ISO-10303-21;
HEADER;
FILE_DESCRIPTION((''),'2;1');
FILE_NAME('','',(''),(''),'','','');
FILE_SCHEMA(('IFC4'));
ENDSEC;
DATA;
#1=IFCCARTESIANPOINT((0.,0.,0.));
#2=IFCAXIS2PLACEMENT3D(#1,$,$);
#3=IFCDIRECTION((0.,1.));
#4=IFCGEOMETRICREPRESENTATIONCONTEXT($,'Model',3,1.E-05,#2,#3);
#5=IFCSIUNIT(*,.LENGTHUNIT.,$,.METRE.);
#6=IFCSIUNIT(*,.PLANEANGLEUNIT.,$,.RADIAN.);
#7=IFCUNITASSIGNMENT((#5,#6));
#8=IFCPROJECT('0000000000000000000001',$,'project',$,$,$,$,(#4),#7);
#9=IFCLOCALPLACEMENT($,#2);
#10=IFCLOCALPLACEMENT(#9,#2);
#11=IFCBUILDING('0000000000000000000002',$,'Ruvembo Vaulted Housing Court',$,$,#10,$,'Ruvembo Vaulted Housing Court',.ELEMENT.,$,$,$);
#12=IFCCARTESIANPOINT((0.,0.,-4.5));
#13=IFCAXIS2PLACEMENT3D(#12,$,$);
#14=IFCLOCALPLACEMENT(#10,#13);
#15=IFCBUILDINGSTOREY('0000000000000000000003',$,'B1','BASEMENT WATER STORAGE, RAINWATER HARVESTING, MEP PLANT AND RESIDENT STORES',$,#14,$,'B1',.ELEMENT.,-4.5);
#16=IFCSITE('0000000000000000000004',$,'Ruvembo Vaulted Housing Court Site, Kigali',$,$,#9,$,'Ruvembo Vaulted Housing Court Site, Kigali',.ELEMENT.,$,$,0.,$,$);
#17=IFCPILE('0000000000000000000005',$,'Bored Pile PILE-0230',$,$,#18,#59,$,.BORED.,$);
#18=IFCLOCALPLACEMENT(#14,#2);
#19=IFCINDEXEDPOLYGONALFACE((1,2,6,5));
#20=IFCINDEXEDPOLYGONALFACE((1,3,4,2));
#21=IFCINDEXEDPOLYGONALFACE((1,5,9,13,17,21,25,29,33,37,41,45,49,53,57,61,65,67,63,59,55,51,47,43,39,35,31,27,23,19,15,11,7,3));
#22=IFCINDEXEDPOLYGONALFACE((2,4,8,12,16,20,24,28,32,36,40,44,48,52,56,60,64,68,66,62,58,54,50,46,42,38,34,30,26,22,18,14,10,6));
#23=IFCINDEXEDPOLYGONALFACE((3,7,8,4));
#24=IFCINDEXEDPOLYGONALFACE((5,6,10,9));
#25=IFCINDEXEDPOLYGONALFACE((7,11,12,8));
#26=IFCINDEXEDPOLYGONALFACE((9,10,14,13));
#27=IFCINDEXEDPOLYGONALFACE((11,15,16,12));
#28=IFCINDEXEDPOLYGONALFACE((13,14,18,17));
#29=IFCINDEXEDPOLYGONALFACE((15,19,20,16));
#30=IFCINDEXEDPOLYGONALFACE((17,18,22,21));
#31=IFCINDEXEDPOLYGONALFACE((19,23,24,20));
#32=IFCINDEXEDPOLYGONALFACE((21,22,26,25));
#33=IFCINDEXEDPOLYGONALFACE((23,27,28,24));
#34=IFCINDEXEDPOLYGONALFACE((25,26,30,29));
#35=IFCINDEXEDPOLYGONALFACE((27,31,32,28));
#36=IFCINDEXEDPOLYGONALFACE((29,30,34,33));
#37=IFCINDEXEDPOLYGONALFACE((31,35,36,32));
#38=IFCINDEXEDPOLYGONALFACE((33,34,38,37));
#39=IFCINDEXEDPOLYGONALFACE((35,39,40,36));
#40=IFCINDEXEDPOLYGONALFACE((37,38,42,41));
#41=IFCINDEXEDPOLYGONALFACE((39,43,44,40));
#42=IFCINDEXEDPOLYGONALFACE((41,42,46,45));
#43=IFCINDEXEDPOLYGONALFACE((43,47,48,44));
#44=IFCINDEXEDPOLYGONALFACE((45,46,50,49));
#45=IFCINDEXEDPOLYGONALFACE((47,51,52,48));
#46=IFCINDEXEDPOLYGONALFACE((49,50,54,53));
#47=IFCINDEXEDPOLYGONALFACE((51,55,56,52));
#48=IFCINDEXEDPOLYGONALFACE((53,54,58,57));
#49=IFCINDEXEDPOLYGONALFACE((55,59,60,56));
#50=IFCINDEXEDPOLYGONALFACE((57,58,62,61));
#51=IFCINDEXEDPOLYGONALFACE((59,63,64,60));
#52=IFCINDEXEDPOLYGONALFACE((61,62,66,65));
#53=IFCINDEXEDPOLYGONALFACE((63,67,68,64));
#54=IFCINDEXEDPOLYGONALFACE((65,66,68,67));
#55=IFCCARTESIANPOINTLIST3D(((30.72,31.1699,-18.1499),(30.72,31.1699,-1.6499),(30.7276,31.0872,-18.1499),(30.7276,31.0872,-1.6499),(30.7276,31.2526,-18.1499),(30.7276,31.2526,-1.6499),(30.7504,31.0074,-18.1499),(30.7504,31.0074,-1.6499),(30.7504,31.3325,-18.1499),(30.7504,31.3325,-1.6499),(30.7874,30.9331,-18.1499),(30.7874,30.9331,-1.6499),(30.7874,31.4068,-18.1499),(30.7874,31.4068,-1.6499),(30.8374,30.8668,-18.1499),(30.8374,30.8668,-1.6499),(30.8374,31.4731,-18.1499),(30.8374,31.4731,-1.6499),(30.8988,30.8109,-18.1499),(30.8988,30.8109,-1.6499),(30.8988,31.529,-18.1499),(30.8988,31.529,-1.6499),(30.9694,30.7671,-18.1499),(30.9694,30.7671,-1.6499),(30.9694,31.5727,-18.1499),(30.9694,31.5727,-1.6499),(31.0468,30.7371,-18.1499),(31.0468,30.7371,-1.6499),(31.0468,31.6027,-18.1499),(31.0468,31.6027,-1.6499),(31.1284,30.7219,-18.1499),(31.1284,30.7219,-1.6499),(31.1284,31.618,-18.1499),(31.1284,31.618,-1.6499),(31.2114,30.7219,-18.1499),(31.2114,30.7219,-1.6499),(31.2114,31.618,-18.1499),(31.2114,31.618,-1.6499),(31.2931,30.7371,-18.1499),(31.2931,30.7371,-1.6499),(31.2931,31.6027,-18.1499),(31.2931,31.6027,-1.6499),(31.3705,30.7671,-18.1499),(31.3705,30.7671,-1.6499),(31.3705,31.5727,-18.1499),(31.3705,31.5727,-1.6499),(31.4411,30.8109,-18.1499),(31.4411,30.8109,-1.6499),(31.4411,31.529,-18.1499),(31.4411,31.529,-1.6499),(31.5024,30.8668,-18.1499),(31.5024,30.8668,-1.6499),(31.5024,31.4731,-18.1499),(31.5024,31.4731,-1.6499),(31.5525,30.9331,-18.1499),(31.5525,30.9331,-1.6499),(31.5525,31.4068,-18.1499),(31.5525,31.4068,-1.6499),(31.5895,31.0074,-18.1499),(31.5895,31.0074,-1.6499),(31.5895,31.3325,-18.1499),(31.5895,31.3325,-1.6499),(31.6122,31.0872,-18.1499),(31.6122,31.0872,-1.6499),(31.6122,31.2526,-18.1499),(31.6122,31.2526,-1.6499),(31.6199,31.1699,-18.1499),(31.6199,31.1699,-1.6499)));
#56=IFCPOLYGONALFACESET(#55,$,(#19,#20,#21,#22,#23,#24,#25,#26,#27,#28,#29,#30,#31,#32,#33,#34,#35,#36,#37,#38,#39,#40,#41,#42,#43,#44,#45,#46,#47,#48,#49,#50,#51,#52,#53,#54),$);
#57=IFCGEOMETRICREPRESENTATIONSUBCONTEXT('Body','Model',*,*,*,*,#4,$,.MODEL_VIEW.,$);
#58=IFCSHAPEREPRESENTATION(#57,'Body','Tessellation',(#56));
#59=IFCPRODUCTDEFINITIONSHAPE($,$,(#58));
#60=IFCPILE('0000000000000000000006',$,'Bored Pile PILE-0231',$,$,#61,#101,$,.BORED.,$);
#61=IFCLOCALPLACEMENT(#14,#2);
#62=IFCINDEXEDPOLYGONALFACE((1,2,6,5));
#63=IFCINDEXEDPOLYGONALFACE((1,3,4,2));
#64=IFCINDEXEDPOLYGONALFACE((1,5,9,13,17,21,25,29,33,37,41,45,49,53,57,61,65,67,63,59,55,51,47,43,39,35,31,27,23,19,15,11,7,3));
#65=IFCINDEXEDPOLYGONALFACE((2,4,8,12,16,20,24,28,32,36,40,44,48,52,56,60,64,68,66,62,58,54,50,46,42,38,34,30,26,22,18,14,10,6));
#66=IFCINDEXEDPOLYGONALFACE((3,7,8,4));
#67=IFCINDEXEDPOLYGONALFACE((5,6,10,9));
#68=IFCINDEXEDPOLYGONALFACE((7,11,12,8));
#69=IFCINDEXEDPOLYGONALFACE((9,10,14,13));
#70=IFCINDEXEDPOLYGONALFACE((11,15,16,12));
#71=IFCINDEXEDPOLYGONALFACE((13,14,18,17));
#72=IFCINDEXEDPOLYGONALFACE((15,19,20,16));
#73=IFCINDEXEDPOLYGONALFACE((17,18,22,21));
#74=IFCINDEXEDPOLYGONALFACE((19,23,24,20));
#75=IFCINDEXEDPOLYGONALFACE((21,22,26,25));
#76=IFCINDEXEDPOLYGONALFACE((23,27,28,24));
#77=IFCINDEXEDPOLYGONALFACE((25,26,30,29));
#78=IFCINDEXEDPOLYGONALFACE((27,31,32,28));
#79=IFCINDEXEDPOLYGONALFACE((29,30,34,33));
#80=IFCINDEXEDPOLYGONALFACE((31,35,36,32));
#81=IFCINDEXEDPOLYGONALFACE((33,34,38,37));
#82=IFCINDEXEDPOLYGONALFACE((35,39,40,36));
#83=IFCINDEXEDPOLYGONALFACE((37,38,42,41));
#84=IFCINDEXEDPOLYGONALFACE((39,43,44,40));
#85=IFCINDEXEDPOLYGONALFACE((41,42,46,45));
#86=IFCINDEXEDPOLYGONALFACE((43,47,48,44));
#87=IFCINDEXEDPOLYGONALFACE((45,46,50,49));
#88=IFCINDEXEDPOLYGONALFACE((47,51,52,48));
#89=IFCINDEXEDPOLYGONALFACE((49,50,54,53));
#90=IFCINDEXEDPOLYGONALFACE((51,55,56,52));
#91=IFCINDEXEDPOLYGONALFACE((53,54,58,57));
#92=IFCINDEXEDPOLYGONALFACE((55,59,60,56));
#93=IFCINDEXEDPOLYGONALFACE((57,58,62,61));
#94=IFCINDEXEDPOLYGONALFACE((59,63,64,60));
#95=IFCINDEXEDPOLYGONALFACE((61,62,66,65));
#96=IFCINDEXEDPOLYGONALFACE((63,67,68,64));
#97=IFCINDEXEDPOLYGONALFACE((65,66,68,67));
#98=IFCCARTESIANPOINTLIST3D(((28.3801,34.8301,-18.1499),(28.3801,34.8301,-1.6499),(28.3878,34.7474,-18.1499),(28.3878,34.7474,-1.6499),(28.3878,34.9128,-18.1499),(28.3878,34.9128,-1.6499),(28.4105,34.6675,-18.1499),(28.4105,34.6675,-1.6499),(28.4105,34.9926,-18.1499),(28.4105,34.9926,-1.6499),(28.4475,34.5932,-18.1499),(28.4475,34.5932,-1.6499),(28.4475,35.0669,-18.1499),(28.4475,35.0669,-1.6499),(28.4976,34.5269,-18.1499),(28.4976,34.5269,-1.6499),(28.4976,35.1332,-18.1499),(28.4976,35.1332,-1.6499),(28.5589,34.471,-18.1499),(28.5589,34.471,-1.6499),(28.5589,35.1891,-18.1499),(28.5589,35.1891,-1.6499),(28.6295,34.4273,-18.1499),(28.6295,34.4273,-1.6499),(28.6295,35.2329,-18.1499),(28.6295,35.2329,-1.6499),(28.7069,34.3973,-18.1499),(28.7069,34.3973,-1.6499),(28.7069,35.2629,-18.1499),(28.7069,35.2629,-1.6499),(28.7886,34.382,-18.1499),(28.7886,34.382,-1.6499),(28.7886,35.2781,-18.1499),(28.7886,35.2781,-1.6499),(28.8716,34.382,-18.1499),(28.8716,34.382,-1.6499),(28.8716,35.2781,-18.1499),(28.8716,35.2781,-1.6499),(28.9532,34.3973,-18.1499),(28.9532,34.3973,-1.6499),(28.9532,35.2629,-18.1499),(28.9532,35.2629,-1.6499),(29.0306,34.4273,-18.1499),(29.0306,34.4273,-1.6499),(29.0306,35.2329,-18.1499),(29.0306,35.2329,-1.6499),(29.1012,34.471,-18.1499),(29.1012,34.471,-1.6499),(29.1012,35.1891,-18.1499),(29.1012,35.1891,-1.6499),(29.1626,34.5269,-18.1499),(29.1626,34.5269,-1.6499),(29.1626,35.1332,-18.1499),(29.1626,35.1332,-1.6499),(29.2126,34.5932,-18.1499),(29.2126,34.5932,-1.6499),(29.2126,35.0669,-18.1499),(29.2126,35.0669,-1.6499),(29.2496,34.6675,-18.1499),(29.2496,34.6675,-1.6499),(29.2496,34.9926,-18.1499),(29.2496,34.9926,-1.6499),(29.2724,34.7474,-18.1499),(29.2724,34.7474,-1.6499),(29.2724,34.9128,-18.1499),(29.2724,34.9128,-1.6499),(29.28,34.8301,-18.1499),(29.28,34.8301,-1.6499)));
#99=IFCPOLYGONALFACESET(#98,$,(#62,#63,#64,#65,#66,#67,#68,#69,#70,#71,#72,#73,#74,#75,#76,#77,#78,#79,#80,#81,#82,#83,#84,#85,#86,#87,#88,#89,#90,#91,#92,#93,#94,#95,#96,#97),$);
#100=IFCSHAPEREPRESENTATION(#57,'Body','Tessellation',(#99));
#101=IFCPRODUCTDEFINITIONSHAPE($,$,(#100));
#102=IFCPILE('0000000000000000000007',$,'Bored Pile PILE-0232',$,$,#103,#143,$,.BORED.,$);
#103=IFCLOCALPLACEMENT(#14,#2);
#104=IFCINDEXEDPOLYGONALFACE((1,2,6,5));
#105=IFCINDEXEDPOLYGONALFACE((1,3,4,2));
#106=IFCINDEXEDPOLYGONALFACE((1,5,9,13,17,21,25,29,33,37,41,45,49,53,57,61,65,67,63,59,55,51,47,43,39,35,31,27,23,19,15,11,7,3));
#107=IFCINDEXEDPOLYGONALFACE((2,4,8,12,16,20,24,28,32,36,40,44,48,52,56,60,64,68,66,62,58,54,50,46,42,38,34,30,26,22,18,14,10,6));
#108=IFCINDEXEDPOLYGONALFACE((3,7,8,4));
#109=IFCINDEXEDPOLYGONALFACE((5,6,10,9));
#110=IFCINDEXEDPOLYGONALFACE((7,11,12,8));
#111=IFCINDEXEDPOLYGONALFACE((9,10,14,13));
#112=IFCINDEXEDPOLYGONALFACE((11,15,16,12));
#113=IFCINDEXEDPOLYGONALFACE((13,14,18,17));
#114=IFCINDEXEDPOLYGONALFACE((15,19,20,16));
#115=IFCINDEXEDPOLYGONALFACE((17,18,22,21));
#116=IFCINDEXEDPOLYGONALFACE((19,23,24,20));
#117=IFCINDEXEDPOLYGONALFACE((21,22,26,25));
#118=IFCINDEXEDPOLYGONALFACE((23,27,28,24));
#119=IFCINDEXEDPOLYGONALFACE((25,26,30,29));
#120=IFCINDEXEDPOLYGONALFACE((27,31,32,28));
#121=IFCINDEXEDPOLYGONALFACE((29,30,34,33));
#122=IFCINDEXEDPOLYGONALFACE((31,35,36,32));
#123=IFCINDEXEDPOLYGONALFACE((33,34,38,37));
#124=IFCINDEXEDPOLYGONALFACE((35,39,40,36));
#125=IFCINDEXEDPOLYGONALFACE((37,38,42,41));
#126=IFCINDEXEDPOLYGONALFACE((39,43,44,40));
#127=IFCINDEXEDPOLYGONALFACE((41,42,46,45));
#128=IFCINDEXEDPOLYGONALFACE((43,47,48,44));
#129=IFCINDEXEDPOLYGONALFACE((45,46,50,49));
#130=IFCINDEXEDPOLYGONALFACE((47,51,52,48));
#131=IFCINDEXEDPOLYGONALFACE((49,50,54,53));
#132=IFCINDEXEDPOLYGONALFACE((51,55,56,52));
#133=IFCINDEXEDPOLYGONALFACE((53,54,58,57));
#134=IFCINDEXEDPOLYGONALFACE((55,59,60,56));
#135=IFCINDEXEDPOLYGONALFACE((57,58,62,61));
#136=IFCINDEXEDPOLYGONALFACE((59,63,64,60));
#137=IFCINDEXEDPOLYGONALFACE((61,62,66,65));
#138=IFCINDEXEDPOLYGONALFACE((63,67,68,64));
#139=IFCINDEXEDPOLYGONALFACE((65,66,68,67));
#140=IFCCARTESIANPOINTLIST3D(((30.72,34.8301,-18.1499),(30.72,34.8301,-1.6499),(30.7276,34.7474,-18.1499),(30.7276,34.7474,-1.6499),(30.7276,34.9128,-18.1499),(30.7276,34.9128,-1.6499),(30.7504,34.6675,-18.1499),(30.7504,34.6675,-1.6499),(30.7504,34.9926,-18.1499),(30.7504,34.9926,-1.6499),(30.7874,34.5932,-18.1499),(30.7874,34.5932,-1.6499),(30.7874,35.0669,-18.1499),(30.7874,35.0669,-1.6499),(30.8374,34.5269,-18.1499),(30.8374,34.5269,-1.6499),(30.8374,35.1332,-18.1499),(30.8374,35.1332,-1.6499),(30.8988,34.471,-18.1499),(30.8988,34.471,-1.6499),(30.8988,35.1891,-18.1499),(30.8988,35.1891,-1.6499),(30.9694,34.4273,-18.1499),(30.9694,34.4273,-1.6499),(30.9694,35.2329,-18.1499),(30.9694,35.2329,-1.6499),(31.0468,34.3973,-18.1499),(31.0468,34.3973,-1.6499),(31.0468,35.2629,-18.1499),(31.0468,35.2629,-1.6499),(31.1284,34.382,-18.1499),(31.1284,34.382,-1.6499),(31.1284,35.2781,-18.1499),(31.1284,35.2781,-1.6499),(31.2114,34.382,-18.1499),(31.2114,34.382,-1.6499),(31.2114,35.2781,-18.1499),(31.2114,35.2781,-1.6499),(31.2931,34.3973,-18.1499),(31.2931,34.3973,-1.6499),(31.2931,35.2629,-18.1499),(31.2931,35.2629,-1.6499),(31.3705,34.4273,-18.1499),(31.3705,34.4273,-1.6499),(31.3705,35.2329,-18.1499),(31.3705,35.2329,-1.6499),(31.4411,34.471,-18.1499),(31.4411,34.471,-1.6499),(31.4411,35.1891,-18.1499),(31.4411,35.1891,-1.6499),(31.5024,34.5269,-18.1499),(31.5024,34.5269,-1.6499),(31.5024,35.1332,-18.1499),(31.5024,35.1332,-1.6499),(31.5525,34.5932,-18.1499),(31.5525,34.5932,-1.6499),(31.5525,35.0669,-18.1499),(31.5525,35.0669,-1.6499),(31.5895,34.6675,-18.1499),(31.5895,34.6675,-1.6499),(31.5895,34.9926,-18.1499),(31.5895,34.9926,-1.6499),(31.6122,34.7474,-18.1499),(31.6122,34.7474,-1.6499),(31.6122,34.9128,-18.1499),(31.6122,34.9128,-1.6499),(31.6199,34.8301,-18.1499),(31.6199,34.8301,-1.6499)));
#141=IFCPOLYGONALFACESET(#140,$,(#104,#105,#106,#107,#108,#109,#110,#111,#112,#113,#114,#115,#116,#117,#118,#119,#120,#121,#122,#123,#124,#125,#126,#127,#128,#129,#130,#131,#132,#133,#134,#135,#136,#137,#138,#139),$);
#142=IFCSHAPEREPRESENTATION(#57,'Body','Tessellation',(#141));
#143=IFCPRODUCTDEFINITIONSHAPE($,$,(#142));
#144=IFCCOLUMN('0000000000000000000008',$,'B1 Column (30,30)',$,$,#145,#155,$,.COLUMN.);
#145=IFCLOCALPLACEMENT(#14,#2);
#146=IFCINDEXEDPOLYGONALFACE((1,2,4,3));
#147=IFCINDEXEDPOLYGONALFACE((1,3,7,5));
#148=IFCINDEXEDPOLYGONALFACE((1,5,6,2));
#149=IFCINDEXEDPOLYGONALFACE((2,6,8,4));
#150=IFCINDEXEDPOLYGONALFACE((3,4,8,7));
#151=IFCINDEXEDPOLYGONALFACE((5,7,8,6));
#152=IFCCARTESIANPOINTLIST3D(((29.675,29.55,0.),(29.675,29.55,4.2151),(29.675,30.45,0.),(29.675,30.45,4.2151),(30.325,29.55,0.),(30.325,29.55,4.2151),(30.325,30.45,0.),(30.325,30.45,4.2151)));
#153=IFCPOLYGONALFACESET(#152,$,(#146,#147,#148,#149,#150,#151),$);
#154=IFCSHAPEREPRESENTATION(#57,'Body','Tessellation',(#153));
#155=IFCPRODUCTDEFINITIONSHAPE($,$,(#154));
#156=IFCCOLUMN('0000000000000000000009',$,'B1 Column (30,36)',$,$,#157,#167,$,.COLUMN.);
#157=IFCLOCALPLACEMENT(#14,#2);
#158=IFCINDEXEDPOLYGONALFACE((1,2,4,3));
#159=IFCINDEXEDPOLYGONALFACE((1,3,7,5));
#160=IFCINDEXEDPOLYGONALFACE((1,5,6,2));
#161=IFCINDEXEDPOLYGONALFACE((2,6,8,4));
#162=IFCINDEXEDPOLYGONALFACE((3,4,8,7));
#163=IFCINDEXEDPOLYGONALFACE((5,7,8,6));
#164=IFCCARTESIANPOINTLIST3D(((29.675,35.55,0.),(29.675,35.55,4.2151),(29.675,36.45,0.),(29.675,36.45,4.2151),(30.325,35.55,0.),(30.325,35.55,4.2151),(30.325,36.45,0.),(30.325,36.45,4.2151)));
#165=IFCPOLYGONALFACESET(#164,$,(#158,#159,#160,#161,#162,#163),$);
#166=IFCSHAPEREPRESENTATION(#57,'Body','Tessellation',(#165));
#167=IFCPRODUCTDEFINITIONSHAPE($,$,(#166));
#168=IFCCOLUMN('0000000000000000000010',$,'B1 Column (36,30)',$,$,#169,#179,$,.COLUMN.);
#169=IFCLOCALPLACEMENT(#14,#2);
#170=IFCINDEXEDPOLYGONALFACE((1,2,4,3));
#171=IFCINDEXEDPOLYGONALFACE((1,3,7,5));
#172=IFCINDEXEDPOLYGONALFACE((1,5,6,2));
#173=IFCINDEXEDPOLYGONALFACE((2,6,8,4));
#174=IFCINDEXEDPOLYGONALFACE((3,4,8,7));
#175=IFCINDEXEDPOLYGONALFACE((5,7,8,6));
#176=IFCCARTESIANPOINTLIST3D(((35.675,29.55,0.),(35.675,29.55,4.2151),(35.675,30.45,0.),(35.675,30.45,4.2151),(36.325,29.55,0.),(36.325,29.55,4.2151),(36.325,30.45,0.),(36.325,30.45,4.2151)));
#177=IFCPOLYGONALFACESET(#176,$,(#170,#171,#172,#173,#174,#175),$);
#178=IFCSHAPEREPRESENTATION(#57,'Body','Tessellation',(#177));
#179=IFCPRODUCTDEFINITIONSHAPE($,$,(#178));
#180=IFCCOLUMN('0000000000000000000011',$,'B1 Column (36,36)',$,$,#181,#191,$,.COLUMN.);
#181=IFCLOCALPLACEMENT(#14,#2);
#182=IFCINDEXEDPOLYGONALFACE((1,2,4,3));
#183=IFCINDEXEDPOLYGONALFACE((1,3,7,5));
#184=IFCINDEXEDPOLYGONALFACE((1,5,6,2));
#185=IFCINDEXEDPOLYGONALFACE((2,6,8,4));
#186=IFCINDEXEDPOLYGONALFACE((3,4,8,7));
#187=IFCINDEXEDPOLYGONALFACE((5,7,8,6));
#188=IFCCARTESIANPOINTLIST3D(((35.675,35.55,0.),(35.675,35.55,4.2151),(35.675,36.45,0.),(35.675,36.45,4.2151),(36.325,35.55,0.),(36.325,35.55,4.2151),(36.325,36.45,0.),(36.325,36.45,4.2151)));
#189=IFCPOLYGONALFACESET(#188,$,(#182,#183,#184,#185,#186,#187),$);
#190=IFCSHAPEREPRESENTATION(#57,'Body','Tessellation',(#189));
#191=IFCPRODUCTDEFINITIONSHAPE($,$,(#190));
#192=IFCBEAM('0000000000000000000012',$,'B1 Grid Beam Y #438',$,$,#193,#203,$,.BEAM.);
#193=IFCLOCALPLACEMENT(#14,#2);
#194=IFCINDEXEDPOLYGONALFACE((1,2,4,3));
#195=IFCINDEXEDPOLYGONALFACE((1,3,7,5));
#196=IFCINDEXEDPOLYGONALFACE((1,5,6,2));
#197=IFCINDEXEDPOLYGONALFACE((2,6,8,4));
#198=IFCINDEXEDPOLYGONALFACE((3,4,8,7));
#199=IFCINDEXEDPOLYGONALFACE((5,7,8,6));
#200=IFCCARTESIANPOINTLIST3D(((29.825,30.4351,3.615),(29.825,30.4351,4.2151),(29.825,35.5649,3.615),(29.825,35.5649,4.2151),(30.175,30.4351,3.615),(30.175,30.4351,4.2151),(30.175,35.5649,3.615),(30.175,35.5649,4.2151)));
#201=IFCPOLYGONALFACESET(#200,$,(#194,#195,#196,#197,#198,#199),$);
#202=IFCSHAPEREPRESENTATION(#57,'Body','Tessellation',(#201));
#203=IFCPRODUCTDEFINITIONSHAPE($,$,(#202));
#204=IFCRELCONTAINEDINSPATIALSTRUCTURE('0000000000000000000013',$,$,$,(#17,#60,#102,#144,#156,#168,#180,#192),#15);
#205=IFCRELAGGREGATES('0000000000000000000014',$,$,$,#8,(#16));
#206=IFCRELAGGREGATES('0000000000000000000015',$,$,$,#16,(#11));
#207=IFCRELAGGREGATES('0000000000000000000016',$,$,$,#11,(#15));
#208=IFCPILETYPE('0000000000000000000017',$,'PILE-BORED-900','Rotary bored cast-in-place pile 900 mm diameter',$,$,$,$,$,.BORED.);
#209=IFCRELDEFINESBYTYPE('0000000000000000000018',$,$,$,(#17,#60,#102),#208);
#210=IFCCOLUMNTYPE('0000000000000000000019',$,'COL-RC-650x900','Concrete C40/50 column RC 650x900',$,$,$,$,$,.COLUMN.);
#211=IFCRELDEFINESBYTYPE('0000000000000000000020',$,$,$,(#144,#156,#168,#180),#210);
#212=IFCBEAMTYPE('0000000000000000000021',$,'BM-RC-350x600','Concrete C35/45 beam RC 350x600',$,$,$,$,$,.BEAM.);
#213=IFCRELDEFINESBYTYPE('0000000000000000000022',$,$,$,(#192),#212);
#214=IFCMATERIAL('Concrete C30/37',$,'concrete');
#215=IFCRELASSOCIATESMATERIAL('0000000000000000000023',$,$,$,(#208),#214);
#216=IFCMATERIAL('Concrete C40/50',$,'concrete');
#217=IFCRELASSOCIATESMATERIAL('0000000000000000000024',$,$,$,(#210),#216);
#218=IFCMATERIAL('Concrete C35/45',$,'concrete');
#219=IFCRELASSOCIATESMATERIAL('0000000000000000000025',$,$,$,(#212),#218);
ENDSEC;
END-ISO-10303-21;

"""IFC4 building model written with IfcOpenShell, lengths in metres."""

from ifc_helpers import new_model, si_unit, direction, frame, origin, origin_2d, place, context, subcontext, project, spatial, rectangle, circle, extrude, material, material_profile, profile_set, type_object, element, save


model = new_model("IFC4")

# Units and contexts
model_context = context("Model", 3, precision=1e-05, world=origin(), true_north=direction((0.0, 1.0)))
body_context = subcontext(model_context, "Body", "Model", "MODEL_VIEW")
ifc_project = project(units=[si_unit("LENGTHUNIT", "METRE"), si_unit("PLANEANGLEUNIT", "RADIAN")], contexts=[model_context])

# Site, building, storey
site_placement = place(None, origin())
site = spatial("IfcSite", under=ifc_project, at=site_placement, Name="Ruvembo Vaulted Housing Court Site, Kigali", LongName="Ruvembo Vaulted Housing Court Site, Kigali", CompositionType="ELEMENT", RefElevation=0.0)
building_placement = place(site_placement, origin())
building = spatial("IfcBuilding", under=site, at=building_placement, Name="Ruvembo Vaulted Housing Court", LongName="Ruvembo Vaulted Housing Court", CompositionType="ELEMENT")
storey_placement = place(building_placement, frame((0.0, 0.0, -4.5)))
storey = spatial("IfcBuildingStorey", under=building, at=storey_placement, Name="B1", Description="BASEMENT WATER STORAGE, RAINWATER HARVESTING, MEP PLANT AND RESIDENT STORES", LongName="B1", CompositionType="ELEMENT", Elevation=-4.5)

# Shared definitions
ifc_material_1 = material(Name="Concrete C35/45", Category="concrete")

# Piles
ifc_material_2 = material(Name="Concrete C30/37", Category="concrete")
ifc_material_profile_1 = material_profile(ifc_material_2, circle(Radius=0.45, at=origin_2d()), Name="PILE D900")
ifc_profile_set_1 = profile_set([ifc_material_profile_1], Name="Concrete C30/37")
pile_type_1 = type_object("IfcPileType", Name="PILE-BORED-900", Description="Rotary bored cast-in-place pile 900 mm diameter", PredefinedType="BORED", material=ifc_profile_set_1)
for number, where, z_axis, x_axis, name in (
    (1, (31.1699, 31.1699, -1.6499), (0.0, 0.0, -1.0), (1.0, 0.0, 0.0), "Bored Pile PILE-0230"),
    (2, (28.8301, 34.8301, -1.6499), (0.0, 0.0, -1.0), (1.0, 0.0, 0.0), "Bored Pile PILE-0231"),
    (3, (31.1699, 34.8301, -1.6499), (0.0, 0.0, -1.0), (1.0, 0.0, 0.0), "Bored Pile PILE-0232"),
):
    element("IfcPile", number, at=place(storey_placement, frame(where, z_axis=z_axis, x_axis=x_axis)), inside=storey, type_object=pile_type_1, Name=name, PredefinedType="BORED", context=body_context, shape_type="SweptSolid", body=[
        extrude(circle(Radius=0.45, at=origin_2d()), origin(), (0.0, 0.0, 1.0), 16.5),
    ])

# Columns
ifc_material_3 = material(Name="Concrete C40/50", Category="concrete")
ifc_material_profile_2 = material_profile(ifc_material_3, rectangle(XDim=0.6499, YDim=0.8999, at=origin_2d()), Name="RC 650x900")
ifc_profile_set_2 = profile_set([ifc_material_profile_2], Name="Concrete C40/50")
column_type = type_object("IfcColumnType", Name="COL-RC-650x900", Description="Concrete C40/50 column RC 650x900", PredefinedType="COLUMN", material=ifc_profile_set_2)
for number, where, z_axis, x_axis, name in (
    (4, (30.0, 30.0, 0.0), (0.0, 0.0, 1.0), (1.0, 0.0, 0.0), "B1 Column (30,30)"),
    (5, (30.0, 36.0, 0.0), (0.0, 0.0, 1.0), (1.0, 0.0, 0.0), "B1 Column (30,36)"),
    (6, (36.0, 30.0, 0.0), (0.0, 0.0, 1.0), (1.0, 0.0, 0.0), "B1 Column (36,30)"),
    (7, (36.0, 36.0, 0.0), (0.0, 0.0, 1.0), (1.0, 0.0, 0.0), "B1 Column (36,36)"),
):
    element("IfcColumn", number, at=place(storey_placement, frame(where, z_axis=z_axis, x_axis=x_axis)), inside=storey, type_object=column_type, Name=name, PredefinedType="COLUMN", context=body_context, shape_type="SweptSolid", body=[
        extrude(rectangle(XDim=0.6499, YDim=0.8999, at=origin_2d()), origin(), (0.0, 0.0, 1.0), 4.2151),
    ])

# Beam
ifc_material_profile_3 = material_profile(ifc_material_1, rectangle(XDim=0.3501, YDim=0.6001, at=origin_2d()), Name="RC 350x600")
ifc_profile_set_3 = profile_set([ifc_material_profile_3], Name="Concrete C35/45")
beam_type_1 = type_object("IfcBeamType", Name="BM-RC-350x600", Description="Concrete C35/45 beam RC 350x600", PredefinedType="BEAM", material=ifc_profile_set_3)
beam_1_placement = place(storey_placement, frame((30.0, 30.4351, 3.915), z_axis=(0.0, 1.0, 0.0), x_axis=(-1.0, 0.0, 0.0)))
element("IfcBeam", 8, at=beam_1_placement, inside=storey, type_object=beam_type_1, Name="B1 Grid Beam Y #438", PredefinedType="BEAM", context=body_context, shape_type="SweptSolid", body=[
    extrude(rectangle(XDim=0.3501, YDim=0.6001, at=origin_2d()), origin(), (0.0, 0.0, 1.0), 5.1299),
])

save(model, "model.ifc")
